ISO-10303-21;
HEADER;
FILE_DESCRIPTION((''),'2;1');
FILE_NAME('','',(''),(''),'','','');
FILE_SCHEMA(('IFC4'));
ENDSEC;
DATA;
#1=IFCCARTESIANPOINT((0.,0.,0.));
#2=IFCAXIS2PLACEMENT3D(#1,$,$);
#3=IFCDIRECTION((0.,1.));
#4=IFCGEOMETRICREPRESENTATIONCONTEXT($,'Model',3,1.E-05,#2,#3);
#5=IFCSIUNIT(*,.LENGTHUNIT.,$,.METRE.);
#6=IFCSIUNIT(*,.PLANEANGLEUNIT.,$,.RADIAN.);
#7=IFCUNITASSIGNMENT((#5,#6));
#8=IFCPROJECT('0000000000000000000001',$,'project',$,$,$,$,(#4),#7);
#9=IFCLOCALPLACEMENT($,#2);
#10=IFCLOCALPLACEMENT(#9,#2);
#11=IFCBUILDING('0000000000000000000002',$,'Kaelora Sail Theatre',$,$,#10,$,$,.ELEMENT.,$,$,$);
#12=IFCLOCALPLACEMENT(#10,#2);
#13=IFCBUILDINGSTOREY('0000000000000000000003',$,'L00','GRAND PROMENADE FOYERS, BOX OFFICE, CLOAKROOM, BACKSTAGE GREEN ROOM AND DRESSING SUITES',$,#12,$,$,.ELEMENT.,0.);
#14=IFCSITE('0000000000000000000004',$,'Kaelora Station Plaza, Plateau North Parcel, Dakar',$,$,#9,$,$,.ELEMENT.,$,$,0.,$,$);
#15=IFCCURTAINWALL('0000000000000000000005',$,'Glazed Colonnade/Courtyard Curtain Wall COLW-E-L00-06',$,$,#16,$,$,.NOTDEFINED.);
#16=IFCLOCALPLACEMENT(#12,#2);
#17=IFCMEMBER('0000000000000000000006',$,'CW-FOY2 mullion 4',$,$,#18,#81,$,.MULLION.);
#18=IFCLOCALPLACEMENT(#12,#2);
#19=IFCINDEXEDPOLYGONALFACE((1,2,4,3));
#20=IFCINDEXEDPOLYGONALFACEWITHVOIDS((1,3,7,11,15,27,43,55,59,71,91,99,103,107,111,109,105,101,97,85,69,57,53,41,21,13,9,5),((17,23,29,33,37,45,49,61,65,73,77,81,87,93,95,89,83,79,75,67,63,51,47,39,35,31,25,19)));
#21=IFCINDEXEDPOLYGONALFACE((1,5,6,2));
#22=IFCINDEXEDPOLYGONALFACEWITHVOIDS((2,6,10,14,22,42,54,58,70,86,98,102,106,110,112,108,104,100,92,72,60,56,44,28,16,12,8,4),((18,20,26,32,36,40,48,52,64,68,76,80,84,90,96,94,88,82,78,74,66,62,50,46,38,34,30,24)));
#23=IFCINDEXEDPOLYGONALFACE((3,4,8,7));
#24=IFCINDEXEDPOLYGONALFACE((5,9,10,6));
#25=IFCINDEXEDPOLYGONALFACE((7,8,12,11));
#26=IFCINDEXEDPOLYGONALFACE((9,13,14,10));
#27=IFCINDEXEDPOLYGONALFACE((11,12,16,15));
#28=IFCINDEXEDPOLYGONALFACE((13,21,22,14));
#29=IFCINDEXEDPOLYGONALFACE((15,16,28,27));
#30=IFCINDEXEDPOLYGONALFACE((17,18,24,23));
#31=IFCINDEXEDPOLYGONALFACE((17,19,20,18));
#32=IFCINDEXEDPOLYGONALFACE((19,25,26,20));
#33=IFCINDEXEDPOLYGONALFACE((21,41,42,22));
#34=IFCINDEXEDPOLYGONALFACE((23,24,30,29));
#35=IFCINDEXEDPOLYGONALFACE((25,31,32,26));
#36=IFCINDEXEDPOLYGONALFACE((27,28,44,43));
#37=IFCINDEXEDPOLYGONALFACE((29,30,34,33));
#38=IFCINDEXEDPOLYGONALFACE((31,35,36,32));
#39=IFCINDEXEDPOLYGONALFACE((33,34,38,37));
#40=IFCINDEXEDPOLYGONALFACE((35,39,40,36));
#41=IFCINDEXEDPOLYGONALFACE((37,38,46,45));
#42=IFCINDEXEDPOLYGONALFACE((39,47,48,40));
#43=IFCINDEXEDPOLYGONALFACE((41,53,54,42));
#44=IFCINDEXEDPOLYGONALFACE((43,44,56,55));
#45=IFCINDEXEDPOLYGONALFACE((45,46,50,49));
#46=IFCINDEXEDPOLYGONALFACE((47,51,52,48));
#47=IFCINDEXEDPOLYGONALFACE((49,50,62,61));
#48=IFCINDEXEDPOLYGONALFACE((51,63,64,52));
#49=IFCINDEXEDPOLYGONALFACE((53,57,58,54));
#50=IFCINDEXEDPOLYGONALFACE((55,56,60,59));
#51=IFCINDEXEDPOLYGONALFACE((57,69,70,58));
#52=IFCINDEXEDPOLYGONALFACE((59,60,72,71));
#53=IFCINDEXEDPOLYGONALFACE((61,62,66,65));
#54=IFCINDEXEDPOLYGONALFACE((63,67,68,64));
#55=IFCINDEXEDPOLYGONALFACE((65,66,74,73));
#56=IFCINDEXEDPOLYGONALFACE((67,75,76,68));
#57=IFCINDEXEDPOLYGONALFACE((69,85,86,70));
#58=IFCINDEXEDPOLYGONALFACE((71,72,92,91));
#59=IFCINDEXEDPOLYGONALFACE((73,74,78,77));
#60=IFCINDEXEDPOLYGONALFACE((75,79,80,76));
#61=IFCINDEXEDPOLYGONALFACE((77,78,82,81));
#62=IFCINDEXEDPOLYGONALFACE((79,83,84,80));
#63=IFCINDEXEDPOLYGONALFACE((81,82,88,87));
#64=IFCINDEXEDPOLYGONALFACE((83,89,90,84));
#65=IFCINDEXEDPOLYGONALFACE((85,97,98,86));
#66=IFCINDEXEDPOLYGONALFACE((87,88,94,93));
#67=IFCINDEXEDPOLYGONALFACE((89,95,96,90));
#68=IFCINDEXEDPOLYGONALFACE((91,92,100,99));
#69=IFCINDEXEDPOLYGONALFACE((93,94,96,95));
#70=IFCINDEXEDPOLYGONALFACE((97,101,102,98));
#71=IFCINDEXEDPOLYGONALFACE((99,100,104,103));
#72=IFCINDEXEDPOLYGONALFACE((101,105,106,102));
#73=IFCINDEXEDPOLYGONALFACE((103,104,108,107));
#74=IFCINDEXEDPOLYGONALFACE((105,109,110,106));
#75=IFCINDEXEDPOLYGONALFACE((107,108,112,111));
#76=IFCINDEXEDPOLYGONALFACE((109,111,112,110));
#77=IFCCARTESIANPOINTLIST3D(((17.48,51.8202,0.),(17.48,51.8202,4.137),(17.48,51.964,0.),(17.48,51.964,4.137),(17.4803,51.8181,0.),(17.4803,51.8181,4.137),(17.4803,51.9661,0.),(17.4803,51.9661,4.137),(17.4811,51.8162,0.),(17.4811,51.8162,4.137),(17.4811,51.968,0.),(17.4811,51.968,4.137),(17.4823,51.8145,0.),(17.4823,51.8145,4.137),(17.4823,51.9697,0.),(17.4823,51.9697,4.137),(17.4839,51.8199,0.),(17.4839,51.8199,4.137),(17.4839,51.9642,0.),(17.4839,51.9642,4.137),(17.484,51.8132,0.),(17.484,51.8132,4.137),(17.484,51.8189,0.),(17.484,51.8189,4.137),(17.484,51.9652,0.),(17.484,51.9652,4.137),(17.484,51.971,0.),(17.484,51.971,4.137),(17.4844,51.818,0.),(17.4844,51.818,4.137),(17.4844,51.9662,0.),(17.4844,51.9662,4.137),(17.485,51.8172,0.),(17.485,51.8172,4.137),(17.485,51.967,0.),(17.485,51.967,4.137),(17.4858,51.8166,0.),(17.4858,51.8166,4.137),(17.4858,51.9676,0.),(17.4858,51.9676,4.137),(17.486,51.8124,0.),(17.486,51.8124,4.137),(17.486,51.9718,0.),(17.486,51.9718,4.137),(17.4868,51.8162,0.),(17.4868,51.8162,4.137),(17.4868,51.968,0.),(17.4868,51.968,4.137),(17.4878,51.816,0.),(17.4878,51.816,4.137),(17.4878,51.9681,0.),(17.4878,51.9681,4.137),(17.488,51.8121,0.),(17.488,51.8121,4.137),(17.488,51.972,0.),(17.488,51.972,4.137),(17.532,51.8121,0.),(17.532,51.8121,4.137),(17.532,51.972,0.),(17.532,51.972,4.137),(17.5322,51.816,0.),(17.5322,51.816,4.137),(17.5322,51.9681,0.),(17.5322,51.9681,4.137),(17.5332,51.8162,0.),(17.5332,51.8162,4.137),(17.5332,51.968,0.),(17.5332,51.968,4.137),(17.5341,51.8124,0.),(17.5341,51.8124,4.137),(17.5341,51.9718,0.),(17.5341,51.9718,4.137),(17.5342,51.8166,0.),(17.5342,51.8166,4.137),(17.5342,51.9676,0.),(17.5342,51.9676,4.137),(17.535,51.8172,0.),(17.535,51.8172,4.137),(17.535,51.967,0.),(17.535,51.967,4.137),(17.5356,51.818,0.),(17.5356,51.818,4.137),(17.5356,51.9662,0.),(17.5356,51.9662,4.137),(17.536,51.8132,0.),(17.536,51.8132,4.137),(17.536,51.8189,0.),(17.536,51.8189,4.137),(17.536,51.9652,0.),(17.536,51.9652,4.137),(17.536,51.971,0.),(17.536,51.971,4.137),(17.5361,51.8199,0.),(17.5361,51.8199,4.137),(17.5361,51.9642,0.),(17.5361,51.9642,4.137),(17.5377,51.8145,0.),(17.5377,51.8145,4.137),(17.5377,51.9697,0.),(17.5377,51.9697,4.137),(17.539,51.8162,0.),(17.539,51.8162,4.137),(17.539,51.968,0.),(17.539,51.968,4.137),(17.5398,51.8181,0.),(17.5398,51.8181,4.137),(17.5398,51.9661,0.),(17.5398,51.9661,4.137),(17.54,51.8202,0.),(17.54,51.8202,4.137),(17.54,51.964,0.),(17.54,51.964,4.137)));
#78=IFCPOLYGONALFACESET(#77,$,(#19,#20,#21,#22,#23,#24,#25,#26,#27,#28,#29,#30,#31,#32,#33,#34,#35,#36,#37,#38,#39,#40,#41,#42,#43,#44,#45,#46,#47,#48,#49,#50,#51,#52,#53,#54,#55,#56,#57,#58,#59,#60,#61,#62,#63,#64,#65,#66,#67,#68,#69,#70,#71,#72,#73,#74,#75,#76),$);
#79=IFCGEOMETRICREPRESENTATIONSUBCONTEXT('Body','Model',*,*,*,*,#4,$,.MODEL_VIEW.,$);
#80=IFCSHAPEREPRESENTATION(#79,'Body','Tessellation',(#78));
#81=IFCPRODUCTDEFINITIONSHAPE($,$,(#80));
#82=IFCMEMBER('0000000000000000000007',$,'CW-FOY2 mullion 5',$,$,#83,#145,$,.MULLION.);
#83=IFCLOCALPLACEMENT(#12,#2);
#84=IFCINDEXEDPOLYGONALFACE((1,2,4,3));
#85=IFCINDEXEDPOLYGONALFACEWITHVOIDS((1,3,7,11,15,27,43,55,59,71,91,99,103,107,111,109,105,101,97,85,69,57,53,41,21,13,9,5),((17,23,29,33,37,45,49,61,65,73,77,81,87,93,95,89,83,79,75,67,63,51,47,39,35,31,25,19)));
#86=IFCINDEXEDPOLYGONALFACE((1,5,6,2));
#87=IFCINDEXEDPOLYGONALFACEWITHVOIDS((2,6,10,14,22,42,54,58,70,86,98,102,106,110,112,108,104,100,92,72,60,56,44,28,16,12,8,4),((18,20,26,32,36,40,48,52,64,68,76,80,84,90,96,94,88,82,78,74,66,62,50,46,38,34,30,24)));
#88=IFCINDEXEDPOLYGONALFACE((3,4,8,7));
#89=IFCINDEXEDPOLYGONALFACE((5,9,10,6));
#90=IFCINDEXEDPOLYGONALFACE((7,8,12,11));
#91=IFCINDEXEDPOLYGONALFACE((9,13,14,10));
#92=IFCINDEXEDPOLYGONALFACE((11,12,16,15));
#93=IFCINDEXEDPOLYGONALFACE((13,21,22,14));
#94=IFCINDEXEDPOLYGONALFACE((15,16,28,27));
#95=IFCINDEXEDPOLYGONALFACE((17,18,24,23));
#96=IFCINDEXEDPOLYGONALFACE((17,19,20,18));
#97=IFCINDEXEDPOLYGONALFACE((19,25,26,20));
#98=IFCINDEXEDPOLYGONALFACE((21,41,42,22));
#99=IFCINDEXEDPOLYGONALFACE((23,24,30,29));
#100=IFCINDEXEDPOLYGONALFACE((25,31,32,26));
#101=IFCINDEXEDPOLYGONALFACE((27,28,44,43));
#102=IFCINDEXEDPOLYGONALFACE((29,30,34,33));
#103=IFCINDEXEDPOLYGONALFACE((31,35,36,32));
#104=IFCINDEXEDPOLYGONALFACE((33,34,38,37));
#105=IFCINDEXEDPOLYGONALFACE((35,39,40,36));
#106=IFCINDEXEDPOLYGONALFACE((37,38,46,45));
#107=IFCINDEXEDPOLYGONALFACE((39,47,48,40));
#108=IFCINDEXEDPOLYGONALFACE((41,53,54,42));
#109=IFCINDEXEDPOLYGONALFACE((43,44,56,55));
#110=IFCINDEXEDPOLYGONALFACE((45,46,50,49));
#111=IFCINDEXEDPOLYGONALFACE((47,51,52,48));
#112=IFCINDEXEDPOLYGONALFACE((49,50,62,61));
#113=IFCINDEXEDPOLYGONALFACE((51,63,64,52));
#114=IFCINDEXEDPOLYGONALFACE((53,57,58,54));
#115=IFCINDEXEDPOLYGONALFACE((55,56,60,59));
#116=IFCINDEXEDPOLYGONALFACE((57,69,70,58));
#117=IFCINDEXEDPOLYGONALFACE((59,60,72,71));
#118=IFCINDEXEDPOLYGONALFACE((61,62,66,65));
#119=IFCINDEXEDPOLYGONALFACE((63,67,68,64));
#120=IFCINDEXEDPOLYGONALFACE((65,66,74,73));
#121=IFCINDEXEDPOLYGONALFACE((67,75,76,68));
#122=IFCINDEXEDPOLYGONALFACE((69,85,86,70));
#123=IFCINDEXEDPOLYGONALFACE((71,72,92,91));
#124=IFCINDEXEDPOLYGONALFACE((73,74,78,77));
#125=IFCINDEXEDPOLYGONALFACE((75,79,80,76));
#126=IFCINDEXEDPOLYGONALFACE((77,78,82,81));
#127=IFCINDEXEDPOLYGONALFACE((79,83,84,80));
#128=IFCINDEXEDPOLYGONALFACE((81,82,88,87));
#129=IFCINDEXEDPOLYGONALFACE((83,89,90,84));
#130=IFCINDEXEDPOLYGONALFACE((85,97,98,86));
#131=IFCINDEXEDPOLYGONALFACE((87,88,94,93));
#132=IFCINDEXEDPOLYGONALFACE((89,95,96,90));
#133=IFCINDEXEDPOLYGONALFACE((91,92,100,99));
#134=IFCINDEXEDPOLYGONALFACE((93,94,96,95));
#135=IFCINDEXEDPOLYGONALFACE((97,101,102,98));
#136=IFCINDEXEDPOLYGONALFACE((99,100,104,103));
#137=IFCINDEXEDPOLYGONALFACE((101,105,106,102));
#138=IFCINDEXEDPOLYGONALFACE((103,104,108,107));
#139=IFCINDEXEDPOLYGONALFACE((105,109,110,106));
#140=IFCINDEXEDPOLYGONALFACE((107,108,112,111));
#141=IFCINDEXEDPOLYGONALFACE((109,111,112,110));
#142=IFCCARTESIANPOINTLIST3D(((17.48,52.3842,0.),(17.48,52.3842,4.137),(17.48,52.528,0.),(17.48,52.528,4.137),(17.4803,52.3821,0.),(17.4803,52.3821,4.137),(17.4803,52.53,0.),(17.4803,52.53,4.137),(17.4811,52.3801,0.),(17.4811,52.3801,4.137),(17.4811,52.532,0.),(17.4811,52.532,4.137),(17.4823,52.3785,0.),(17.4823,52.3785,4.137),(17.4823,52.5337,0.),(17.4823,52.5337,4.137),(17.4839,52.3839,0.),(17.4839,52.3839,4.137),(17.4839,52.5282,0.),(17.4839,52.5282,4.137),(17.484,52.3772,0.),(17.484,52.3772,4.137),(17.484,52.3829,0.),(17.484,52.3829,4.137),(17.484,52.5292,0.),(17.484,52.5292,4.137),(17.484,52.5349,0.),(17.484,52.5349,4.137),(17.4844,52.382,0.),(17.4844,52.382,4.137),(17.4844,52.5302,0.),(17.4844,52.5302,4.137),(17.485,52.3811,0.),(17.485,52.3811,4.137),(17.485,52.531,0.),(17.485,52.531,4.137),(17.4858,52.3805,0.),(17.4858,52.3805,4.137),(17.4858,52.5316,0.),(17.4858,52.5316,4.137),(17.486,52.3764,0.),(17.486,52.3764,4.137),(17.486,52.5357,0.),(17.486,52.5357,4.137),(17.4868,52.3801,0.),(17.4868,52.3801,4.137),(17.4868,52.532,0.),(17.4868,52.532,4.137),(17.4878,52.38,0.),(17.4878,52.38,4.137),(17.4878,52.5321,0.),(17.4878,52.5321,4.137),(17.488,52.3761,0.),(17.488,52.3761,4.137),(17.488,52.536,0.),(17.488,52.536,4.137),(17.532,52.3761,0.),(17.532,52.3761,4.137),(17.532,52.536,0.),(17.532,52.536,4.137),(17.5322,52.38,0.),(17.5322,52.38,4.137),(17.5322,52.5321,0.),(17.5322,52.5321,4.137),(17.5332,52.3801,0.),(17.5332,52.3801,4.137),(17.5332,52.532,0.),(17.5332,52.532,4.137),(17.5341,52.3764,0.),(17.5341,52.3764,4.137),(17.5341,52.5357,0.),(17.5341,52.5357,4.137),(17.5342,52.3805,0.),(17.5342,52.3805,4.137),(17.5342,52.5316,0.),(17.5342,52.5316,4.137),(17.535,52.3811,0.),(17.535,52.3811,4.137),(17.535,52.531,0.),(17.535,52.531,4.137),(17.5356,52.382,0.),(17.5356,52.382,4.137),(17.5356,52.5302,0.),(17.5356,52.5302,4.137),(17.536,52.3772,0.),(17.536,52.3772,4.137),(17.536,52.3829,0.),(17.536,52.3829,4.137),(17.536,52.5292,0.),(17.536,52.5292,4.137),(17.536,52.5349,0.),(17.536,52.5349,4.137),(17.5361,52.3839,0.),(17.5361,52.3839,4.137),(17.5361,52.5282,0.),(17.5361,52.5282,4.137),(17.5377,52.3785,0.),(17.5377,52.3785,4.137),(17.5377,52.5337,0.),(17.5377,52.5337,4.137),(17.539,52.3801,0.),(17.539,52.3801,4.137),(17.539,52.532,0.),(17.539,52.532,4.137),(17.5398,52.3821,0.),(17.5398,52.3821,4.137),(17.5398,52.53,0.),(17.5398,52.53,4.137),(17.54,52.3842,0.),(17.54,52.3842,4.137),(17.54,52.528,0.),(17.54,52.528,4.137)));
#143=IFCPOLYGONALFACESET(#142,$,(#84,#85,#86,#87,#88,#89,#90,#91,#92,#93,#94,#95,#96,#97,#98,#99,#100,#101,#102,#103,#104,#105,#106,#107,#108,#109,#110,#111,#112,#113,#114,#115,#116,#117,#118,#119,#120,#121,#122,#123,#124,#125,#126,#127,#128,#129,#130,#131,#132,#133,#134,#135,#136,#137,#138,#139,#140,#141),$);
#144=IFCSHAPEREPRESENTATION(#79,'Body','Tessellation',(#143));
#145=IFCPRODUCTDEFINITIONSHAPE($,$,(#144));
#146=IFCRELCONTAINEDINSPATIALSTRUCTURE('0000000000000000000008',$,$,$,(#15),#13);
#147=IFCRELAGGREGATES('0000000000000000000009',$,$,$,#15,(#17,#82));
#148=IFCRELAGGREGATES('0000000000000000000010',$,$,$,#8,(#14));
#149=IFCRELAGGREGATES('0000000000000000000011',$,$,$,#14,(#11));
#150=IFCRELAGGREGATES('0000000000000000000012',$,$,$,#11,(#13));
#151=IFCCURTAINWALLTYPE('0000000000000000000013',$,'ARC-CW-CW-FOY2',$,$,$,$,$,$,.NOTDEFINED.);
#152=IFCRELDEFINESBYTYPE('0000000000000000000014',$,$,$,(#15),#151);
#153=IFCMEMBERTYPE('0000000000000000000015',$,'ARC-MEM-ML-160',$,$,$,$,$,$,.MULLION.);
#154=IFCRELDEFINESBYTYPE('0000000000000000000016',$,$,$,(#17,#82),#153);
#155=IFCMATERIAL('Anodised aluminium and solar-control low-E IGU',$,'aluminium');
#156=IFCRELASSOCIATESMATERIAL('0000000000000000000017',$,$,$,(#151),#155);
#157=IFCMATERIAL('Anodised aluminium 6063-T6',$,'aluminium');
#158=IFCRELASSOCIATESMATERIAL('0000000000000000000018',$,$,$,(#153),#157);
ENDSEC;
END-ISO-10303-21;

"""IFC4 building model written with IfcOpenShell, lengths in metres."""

from ifc_helpers import new_model, si_unit, direction, frame, origin, origin_2d, place, context, subcontext, project, spatial, hollow_rectangle, extrude, material, material_profile, profile_set, type_object, element, aggregate, save


model = new_model("IFC4")

# Units and contexts
model_context = context("Model", 3, precision=1e-05, world=origin(), true_north=direction((0.0, 1.0)))
body_context = subcontext(model_context, "Body", "Model", "MODEL_VIEW")
ifc_project = project(units=[si_unit("LENGTHUNIT", "METRE"), si_unit("PLANEANGLEUNIT", "RADIAN")], contexts=[model_context])

# Site, building, storey
site_placement = place(None, origin())
site = spatial("IfcSite", under=ifc_project, at=site_placement, Name="Kaelora Station Plaza, Plateau North Parcel, Dakar", CompositionType="ELEMENT", RefElevation=0.0)
building_placement = place(site_placement, origin())
building = spatial("IfcBuilding", under=site, at=building_placement, Name="Kaelora Sail Theatre", CompositionType="ELEMENT")
storey_placement = place(building_placement, origin())
storey = spatial("IfcBuildingStorey", under=building, at=storey_placement, Name="L00", Description="GRAND PROMENADE FOYERS, BOX OFFICE, CLOAKROOM, BACKSTAGE GREEN ROOM AND DRESSING SUITES", CompositionType="ELEMENT", Elevation=0.0)

# Curtain wall, members
ifc_material_1 = material(Name="Anodised aluminium and solar-control low-E IGU", Category="aluminium")
curtain_wall_type = type_object("IfcCurtainWallType", Name="ARC-CW-CW-FOY2", PredefinedType="NOTDEFINED", material=ifc_material_1)
curtain_wall_placement = place(storey_placement, origin())
curtain_wall = element("IfcCurtainWall", 1, at=curtain_wall_placement, inside=storey, type_object=curtain_wall_type, Name="Glazed Colonnade/Courtyard Curtain Wall COLW-E-L00-06", PredefinedType="NOTDEFINED")
ifc_material_2 = material(Name="Anodised aluminium 6063-T6", Category="aluminium")
ifc_material_profile_1 = material_profile(ifc_material_2, hollow_rectangle(XDim=0.0601, YDim=0.1599, WallThickness=0.0039, InnerFilletRadius=0.0039, OuterFilletRadius=0.0081, at=origin_2d()), Name="ALU-MULL 60x160x4")
ifc_profile_set_1 = profile_set([ifc_material_profile_1], Name="Anodised aluminium 6063-T6")
member_type_1 = type_object("IfcMemberType", Name="ARC-MEM-ML-160", PredefinedType="MULLION", material=ifc_profile_set_1)
member_1_placement = place(storey_placement, frame((17.51, 51.8921, 0.0), z_axis=(0.0, 0.0, 1.0), x_axis=(-1.0, 0.0, 0.0)))
member_1 = element("IfcMember", 2, at=member_1_placement, type_object=member_type_1, Name="CW-FOY2 mullion 4", PredefinedType="MULLION", context=body_context, shape_type="SweptSolid", body=[
    extrude(hollow_rectangle(XDim=0.0601, YDim=0.1599, WallThickness=0.0039, InnerFilletRadius=0.0039, OuterFilletRadius=0.0081, at=origin_2d()), origin(), (0.0, 0.0, 1.0), 4.137),
])
member_2_placement = place(storey_placement, frame((17.51, 52.4561, 0.0), z_axis=(0.0, 0.0, 1.0), x_axis=(-1.0, 0.0, 0.0)))
member_2 = element("IfcMember", 3, at=member_2_placement, type_object=member_type_1, Name="CW-FOY2 mullion 5", PredefinedType="MULLION", context=body_context, shape_type="SweptSolid", body=[
    extrude(hollow_rectangle(XDim=0.0601, YDim=0.1599, WallThickness=0.0039, InnerFilletRadius=0.0039, OuterFilletRadius=0.0081, at=origin_2d()), origin(), (0.0, 0.0, 1.0), 4.137),
])
aggregate(curtain_wall, [member_1, member_2])

save(model, "model.ifc")
